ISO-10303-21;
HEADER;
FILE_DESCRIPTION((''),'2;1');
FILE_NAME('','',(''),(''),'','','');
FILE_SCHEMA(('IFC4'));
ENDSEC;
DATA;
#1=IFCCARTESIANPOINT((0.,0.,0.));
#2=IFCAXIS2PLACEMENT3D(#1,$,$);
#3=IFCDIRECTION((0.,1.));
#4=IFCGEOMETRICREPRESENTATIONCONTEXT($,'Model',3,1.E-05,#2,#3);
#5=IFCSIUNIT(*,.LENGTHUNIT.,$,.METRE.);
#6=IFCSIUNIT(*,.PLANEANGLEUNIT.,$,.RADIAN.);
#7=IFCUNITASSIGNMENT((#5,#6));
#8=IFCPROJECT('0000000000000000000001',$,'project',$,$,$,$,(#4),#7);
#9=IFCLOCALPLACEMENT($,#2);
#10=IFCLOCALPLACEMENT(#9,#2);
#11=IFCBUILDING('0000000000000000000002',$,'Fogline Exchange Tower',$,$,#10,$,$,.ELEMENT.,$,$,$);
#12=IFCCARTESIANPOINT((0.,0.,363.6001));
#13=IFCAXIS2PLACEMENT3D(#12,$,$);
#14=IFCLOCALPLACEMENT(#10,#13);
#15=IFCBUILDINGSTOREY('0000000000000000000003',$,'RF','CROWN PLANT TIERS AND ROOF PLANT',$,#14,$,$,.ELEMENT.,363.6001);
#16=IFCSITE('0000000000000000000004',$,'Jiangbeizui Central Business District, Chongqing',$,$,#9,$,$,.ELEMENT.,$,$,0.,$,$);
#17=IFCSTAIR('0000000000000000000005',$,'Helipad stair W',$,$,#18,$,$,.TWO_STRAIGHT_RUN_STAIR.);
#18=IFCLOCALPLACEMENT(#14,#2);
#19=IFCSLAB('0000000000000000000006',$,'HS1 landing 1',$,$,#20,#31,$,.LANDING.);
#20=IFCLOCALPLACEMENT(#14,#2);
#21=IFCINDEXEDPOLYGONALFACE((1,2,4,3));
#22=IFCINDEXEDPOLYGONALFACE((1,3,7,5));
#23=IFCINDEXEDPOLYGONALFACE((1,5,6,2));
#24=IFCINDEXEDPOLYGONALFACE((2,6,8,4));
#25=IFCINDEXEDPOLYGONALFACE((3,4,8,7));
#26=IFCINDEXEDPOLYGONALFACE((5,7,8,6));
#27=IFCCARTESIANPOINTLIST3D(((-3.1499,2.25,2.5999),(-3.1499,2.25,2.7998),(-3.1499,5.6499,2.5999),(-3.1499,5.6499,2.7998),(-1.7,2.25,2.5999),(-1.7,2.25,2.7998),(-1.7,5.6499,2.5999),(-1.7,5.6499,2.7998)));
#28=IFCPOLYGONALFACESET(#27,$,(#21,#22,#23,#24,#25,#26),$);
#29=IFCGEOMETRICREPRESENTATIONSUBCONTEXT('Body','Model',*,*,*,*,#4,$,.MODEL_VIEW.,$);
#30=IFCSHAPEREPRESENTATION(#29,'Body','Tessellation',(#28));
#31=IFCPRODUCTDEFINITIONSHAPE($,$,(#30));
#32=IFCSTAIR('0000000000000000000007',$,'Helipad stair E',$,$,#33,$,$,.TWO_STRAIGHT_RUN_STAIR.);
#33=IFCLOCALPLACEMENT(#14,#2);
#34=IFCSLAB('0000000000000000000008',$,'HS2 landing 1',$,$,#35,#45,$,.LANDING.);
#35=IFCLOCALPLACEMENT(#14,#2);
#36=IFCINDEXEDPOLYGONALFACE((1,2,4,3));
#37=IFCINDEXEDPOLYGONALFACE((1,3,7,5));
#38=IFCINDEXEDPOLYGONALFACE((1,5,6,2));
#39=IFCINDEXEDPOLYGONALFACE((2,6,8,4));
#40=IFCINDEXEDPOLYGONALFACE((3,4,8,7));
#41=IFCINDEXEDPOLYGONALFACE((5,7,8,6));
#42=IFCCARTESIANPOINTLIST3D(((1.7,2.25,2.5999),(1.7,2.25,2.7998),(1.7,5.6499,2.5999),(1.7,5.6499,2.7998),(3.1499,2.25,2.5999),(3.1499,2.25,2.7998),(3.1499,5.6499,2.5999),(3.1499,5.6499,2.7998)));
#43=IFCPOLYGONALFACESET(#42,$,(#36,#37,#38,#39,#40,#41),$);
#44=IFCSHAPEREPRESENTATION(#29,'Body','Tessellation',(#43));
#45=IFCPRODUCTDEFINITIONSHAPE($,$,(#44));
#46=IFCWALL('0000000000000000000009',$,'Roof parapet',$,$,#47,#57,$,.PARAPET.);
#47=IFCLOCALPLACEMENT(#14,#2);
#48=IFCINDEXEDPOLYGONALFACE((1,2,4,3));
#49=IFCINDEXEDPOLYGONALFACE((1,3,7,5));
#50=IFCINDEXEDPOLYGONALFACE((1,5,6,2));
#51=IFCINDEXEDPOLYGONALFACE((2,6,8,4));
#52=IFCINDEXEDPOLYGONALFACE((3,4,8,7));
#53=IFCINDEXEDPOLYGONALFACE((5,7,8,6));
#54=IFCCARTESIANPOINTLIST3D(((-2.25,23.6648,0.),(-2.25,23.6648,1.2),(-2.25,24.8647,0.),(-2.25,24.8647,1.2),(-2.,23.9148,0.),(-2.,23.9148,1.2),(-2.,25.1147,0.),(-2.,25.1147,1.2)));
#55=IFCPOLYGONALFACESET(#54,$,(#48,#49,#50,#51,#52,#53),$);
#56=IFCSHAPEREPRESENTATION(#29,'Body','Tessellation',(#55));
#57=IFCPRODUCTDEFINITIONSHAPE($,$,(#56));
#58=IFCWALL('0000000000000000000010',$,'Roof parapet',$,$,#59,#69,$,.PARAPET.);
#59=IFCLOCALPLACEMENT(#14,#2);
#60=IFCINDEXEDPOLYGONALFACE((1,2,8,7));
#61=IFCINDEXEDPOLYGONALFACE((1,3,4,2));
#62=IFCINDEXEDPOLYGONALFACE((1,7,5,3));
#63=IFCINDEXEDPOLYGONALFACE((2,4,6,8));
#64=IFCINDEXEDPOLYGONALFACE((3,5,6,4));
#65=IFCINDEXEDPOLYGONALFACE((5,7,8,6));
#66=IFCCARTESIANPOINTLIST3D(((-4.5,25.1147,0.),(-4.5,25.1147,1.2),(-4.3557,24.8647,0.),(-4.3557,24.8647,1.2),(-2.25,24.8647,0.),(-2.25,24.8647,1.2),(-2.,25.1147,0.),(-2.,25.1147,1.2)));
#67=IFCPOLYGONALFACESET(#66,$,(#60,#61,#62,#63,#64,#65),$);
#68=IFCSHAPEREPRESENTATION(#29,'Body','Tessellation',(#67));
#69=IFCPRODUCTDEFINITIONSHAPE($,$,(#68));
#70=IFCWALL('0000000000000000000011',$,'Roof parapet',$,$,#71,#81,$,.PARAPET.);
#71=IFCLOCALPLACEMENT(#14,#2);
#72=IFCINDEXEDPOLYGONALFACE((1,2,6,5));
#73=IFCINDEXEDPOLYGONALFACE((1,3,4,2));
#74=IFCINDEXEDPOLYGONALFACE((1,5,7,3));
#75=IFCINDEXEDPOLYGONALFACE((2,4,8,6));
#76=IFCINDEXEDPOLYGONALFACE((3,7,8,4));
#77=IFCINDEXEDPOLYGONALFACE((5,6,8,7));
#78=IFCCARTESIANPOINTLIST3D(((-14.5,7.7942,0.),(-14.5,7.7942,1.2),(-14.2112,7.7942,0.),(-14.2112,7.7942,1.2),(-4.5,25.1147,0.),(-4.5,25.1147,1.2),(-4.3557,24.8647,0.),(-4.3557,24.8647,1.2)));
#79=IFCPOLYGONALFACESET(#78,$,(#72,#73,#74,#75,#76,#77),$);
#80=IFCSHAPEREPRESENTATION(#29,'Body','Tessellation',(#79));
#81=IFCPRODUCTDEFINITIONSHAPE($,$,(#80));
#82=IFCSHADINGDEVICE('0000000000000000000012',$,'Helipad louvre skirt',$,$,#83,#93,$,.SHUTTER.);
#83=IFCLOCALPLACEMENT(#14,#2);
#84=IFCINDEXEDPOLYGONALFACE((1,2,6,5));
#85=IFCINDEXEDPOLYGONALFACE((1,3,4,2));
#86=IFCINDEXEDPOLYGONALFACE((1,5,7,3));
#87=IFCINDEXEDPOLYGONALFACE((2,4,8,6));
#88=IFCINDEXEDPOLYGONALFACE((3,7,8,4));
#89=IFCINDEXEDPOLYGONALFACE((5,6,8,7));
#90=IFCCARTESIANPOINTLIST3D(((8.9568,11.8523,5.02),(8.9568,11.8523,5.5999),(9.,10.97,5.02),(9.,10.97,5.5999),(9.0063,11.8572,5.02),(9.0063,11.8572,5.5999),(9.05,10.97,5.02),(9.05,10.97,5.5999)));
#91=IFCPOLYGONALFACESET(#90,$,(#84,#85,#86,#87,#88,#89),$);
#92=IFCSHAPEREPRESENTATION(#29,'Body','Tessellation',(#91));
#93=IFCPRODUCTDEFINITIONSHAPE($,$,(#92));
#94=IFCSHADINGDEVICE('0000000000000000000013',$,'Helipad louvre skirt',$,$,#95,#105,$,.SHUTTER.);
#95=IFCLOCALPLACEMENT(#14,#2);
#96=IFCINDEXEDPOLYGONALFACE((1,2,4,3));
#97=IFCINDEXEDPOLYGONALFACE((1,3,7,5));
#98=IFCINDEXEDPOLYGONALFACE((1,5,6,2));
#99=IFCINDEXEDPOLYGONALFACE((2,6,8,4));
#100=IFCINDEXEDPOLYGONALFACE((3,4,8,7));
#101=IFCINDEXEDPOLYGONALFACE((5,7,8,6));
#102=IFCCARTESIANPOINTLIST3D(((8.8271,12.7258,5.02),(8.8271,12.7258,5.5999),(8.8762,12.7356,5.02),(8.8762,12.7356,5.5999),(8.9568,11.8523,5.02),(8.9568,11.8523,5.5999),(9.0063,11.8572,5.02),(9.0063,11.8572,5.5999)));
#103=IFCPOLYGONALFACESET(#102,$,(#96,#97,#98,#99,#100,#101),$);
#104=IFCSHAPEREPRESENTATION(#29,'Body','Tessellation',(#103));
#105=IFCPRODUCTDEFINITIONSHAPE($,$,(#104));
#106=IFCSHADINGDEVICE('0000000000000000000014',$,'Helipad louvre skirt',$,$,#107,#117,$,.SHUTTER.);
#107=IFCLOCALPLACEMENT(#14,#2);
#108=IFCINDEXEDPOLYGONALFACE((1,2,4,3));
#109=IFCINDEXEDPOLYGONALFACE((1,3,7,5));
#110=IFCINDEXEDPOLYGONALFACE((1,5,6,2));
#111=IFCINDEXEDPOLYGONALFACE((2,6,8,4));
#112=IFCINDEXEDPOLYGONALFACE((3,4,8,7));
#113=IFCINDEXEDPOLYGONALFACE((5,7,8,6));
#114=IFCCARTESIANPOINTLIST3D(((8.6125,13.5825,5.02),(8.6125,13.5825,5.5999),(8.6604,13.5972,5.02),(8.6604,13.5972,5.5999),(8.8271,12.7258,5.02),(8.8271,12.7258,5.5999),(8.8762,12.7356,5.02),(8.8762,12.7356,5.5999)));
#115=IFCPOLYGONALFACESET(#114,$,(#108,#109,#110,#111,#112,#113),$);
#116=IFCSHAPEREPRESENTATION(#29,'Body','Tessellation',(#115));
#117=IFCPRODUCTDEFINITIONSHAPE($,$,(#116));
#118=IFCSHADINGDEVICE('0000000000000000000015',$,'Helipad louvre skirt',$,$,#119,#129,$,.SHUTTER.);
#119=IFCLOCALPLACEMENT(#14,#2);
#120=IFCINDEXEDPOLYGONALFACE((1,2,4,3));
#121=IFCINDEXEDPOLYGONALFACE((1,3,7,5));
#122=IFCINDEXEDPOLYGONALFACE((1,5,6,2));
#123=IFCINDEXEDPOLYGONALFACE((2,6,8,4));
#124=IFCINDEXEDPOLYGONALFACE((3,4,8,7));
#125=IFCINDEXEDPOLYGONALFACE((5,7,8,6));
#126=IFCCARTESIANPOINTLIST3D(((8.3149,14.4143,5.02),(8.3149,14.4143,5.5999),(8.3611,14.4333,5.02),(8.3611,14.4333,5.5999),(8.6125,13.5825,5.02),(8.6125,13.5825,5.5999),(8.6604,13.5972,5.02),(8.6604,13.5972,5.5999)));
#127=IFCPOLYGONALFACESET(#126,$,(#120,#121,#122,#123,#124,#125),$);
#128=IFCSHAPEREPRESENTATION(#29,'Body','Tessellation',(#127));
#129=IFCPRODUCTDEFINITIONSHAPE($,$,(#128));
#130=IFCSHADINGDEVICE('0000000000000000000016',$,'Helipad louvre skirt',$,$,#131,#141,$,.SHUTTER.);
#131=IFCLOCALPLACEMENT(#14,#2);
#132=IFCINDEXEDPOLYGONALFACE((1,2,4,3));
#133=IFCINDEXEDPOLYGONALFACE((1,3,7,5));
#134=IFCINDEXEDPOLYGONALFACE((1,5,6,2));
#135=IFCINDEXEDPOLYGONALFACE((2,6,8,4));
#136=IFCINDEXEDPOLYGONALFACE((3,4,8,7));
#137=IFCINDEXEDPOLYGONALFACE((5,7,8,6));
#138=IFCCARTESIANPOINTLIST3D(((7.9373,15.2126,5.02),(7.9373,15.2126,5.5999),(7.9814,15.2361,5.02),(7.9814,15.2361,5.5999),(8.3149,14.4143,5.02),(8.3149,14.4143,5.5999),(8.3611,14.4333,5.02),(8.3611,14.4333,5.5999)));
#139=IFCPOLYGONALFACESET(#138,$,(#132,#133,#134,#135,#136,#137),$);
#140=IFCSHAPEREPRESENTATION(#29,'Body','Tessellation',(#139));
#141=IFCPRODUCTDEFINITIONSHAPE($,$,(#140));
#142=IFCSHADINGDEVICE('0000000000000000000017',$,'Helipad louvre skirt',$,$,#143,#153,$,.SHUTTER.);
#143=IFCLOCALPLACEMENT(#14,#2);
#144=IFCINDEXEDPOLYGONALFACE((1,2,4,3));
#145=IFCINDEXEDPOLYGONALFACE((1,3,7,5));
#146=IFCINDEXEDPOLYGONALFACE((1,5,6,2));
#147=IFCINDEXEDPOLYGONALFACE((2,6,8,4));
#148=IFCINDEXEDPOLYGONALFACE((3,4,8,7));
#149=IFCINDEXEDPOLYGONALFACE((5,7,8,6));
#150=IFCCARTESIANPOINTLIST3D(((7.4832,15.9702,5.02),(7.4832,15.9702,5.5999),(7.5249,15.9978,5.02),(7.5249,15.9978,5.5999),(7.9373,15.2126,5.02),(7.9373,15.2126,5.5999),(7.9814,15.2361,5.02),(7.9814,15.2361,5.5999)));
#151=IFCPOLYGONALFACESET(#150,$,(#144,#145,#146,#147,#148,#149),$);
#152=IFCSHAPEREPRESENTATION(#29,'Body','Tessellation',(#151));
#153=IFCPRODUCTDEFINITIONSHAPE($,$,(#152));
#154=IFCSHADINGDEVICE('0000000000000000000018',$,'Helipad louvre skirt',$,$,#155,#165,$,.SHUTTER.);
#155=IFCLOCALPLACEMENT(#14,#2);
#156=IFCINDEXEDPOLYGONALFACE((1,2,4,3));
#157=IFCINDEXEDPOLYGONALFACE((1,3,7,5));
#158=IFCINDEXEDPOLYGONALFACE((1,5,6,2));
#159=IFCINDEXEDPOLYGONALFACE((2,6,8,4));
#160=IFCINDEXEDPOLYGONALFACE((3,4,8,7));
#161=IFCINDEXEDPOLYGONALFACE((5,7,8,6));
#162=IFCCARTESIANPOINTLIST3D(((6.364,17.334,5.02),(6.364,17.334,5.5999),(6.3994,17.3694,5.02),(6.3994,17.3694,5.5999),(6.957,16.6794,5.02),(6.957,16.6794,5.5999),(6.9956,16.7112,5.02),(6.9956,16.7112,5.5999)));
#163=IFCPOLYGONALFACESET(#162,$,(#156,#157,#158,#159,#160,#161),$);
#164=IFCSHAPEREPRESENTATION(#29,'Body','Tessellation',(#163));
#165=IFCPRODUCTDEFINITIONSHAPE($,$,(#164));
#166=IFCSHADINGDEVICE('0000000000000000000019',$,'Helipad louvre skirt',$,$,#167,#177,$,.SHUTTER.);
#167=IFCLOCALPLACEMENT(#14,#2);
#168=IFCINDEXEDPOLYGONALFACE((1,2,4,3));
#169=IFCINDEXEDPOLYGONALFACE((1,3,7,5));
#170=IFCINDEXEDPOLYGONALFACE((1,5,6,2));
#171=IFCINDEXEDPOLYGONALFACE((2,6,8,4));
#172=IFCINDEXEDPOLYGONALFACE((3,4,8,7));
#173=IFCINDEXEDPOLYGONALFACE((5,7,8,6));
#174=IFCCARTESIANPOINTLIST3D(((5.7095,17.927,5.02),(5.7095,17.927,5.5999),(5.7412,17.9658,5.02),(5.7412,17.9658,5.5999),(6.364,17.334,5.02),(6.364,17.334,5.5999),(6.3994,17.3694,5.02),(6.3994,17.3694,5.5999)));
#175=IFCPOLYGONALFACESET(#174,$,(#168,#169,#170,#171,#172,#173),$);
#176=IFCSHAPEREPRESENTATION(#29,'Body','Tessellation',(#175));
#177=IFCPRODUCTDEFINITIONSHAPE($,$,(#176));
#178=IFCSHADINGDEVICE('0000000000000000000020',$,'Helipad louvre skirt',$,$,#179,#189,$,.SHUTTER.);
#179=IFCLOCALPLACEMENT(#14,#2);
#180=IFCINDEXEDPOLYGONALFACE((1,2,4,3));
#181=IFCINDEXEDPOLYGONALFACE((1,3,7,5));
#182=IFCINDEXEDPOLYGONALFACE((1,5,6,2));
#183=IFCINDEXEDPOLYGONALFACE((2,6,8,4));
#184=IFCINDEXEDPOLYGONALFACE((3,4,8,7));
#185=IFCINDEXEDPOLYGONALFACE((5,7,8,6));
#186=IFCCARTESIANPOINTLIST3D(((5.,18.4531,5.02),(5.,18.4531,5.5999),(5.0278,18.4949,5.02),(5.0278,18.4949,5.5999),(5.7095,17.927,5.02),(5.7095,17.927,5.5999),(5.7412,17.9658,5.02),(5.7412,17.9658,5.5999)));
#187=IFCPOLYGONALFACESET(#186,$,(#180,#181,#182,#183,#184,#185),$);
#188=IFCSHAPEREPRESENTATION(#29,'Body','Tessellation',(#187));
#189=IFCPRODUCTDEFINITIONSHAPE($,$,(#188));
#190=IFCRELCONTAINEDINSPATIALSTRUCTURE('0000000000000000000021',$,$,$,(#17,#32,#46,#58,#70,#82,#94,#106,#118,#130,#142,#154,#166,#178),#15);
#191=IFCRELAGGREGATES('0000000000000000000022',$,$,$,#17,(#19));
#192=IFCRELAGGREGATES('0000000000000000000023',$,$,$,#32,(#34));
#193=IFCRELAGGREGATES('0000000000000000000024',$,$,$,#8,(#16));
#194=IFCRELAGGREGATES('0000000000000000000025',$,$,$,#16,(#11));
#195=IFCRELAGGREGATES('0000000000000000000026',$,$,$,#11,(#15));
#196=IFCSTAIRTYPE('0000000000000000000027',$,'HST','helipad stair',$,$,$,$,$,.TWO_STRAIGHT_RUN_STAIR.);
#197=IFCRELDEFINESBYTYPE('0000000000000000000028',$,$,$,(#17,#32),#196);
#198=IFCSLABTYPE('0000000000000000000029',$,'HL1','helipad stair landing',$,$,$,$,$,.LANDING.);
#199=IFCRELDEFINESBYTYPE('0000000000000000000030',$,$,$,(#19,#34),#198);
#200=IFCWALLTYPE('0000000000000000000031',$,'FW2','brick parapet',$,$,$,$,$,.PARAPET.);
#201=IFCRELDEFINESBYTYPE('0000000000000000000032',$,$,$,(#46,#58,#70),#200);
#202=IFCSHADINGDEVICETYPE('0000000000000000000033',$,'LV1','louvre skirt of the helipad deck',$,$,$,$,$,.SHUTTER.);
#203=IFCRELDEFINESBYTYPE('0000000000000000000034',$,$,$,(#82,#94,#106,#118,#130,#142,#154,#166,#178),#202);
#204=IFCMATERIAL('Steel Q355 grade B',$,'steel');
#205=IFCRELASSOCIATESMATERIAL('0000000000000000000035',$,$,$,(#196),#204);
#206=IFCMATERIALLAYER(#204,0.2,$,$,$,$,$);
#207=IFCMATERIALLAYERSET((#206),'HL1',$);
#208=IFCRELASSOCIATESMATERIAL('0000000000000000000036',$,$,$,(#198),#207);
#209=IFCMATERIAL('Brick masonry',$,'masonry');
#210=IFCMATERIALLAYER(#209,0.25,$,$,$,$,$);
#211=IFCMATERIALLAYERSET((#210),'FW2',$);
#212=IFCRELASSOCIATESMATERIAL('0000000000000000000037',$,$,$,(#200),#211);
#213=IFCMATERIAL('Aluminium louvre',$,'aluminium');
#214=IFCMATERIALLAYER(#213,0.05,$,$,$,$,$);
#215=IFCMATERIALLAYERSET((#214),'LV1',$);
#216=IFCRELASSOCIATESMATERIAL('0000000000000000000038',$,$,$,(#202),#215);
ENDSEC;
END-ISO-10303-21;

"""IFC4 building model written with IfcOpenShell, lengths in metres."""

from ifc_helpers import new_model, si_unit, direction, frame, origin, place, context, subcontext, project, spatial, polyline, outline, extrude, material, layer, layer_set, type_object, element, aggregate, save


model = new_model("IFC4")

# Units and contexts
model_context = context("Model", 3, precision=1e-05, world=origin(), true_north=direction((0.0, 1.0)))
body_context = subcontext(model_context, "Body", "Model", "MODEL_VIEW")
ifc_project = project(units=[si_unit("LENGTHUNIT", "METRE"), si_unit("PLANEANGLEUNIT", "RADIAN")], contexts=[model_context])

# Site, building, storey
site_placement = place(None, origin())
site = spatial("IfcSite", under=ifc_project, at=site_placement, Name="Jiangbeizui Central Business District, Chongqing", CompositionType="ELEMENT", RefElevation=0.0)
building_placement = place(site_placement, origin())
building = spatial("IfcBuilding", under=site, at=building_placement, Name="Fogline Exchange Tower", CompositionType="ELEMENT")
storey_placement = place(building_placement, frame((0.0, 0.0, 363.6001)))
storey = spatial("IfcBuildingStorey", under=building, at=storey_placement, Name="RF", Description="CROWN PLANT TIERS AND ROOF PLANT", CompositionType="ELEMENT", Elevation=363.6001)

# Stairs, slabs
ifc_material_1 = material(Name="Steel Q355 grade B", Category="steel")
stair_type = type_object("IfcStairType", Name="HST", Description="helipad stair", PredefinedType="TWO_STRAIGHT_RUN_STAIR", material=ifc_material_1)
stair_1_placement = place(storey_placement, origin())
stair_1 = element("IfcStair", 1, at=stair_1_placement, inside=storey, type_object=stair_type, Name="Helipad stair W", PredefinedType="TWO_STRAIGHT_RUN_STAIR")
ifc_layer_1 = layer(ifc_material_1, 0.2)
ifc_layer_set_1 = layer_set([ifc_layer_1], Name="HL1")
slab_type = type_object("IfcSlabType", Name="HL1", Description="helipad stair landing", PredefinedType="LANDING", material=ifc_layer_set_1)
slab_1_placement = place(storey_placement, frame((0.0, 0.0, 2.5999)))
slab_1 = element("IfcSlab", 2, at=slab_1_placement, type_object=slab_type, Name="HS1 landing 1", PredefinedType="LANDING", context=body_context, shape_type="SweptSolid", body=[
    extrude(outline(polyline([(-3.1499, 2.25), (-1.7, 2.25), (-1.7, 5.6499), (-3.1499, 5.6499), (-3.1499, 2.25)])), origin(), (0.0, 0.0, 1.0), 0.2),
])
aggregate(stair_1, [slab_1])
stair_2_placement = place(storey_placement, origin())
stair_2 = element("IfcStair", 3, at=stair_2_placement, inside=storey, type_object=stair_type, Name="Helipad stair E", PredefinedType="TWO_STRAIGHT_RUN_STAIR")
slab_2_placement = place(storey_placement, frame((0.0, 0.0, 2.5999)))
slab_2 = element("IfcSlab", 4, at=slab_2_placement, type_object=slab_type, Name="HS2 landing 1", PredefinedType="LANDING", context=body_context, shape_type="SweptSolid", body=[
    extrude(outline(polyline([(3.1499, 2.25), (1.7, 2.25), (1.7, 5.6499), (3.1499, 5.6499), (3.1499, 2.25)])), origin(), (0.0, 0.0, 1.0), 0.2),
])
aggregate(stair_2, [slab_2])

# Walls
ifc_material_2 = material(Name="Brick masonry", Category="masonry")
ifc_layer_2 = layer(ifc_material_2, 0.25)
ifc_layer_set_2 = layer_set([ifc_layer_2], Name="FW2")
wall_type = type_object("IfcWallType", Name="FW2", Description="brick parapet", PredefinedType="PARAPET", material=ifc_layer_set_2)
wall_1_placement = place(storey_placement, origin())
element("IfcWall", 5, at=wall_1_placement, inside=storey, type_object=wall_type, Name="Roof parapet", PredefinedType="PARAPET", context=body_context, shape_type="SweptSolid", body=[
    extrude(outline(polyline([(-2.25, 23.6648), (-2.0, 23.9148), (-2.0, 25.1147), (-2.25, 24.8647), (-2.25, 23.6648)])), origin(), (0.0, 0.0, 1.0), 1.2),
])
wall_2_placement = place(storey_placement, origin())
element("IfcWall", 6, at=wall_2_placement, inside=storey, type_object=wall_type, Name="Roof parapet", PredefinedType="PARAPET", context=body_context, shape_type="SweptSolid", body=[
    extrude(outline(polyline([(-2.25, 24.8647), (-2.0, 25.1147), (-4.5, 25.1147), (-4.3557, 24.8647), (-2.25, 24.8647)])), origin(), (0.0, 0.0, 1.0), 1.2),
])
wall_3_placement = place(storey_placement, origin())
element("IfcWall", 7, at=wall_3_placement, inside=storey, type_object=wall_type, Name="Roof parapet", PredefinedType="PARAPET", context=body_context, shape_type="SweptSolid", body=[
    extrude(outline(polyline([(-4.3557, 24.8647), (-4.5, 25.1147), (-14.5, 7.7942), (-14.2112, 7.7942), (-4.3557, 24.8647)])), origin(), (0.0, 0.0, 1.0), 1.2),
])

# Shading devices
ifc_material_3 = material(Name="Aluminium louvre", Category="aluminium")
ifc_layer_3 = layer(ifc_material_3, 0.05)
ifc_layer_set_3 = layer_set([ifc_layer_3], Name="LV1")
shading_device_type_1 = type_object("IfcShadingDeviceType", Name="LV1", Description="louvre skirt of the helipad deck", PredefinedType="SHUTTER", material=ifc_layer_set_3)
shading_device_1_placement = place(storey_placement, frame((0.0, 0.0, 5.02)))
element("IfcShadingDevice", 8, at=shading_device_1_placement, inside=storey, type_object=shading_device_type_1, Name="Helipad louvre skirt", PredefinedType="SHUTTER", context=body_context, shape_type="SweptSolid", body=[
    extrude(outline(polyline([(9.0, 10.97), (9.05, 10.97), (9.0063, 11.8572), (8.9568, 11.8523), (9.0, 10.97)])), origin(), (0.0, 0.0, 1.0), 0.5798),
])
shading_device_2_placement = place(storey_placement, frame((0.0, 0.0, 5.02)))
element("IfcShadingDevice", 9, at=shading_device_2_placement, inside=storey, type_object=shading_device_type_1, Name="Helipad louvre skirt", PredefinedType="SHUTTER", context=body_context, shape_type="SweptSolid", body=[
    extrude(outline(polyline([(8.9568, 11.8523), (9.0063, 11.8572), (8.8762, 12.7356), (8.8271, 12.7258), (8.9568, 11.8523)])), origin(), (0.0, 0.0, 1.0), 0.5798),
])
shading_device_3_placement = place(storey_placement, frame((0.0, 0.0, 5.02)))
element("IfcShadingDevice", 10, at=shading_device_3_placement, inside=storey, type_object=shading_device_type_1, Name="Helipad louvre skirt", PredefinedType="SHUTTER", context=body_context, shape_type="SweptSolid", body=[
    extrude(outline(polyline([(8.8271, 12.7258), (8.8762, 12.7356), (8.6604, 13.5972), (8.6125, 13.5825), (8.8271, 12.7258)])), origin(), (0.0, 0.0, 1.0), 0.5798),
])
shading_device_4_placement = place(storey_placement, frame((0.0, 0.0, 5.02)))
element("IfcShadingDevice", 11, at=shading_device_4_placement, inside=storey, type_object=shading_device_type_1, Name="Helipad louvre skirt", PredefinedType="SHUTTER", context=body_context, shape_type="SweptSolid", body=[
    extrude(outline(polyline([(8.6125, 13.5825), (8.6604, 13.5972), (8.3611, 14.4333), (8.3149, 14.4143), (8.6125, 13.5825)])), origin(), (0.0, 0.0, 1.0), 0.5798),
])
shading_device_5_placement = place(storey_placement, frame((0.0, 0.0, 5.02)))
element("IfcShadingDevice", 12, at=shading_device_5_placement, inside=storey, type_object=shading_device_type_1, Name="Helipad louvre skirt", PredefinedType="SHUTTER", context=body_context, shape_type="SweptSolid", body=[
    extrude(outline(polyline([(8.3149, 14.4143), (8.3611, 14.4333), (7.9814, 15.2361), (7.9373, 15.2126), (8.3149, 14.4143)])), origin(), (0.0, 0.0, 1.0), 0.5798),
])
shading_device_6_placement = place(storey_placement, frame((0.0, 0.0, 5.02)))
element("IfcShadingDevice", 13, at=shading_device_6_placement, inside=storey, type_object=shading_device_type_1, Name="Helipad louvre skirt", PredefinedType="SHUTTER", context=body_context, shape_type="SweptSolid", body=[
    extrude(outline(polyline([(7.9373, 15.2126), (7.9814, 15.2361), (7.5249, 15.9978), (7.4832, 15.9702), (7.9373, 15.2126)])), origin(), (0.0, 0.0, 1.0), 0.5798),
])
shading_device_7_placement = place(storey_placement, frame((0.0, 0.0, 5.02)))
element("IfcShadingDevice", 14, at=shading_device_7_placement, inside=storey, type_object=shading_device_type_1, Name="Helipad louvre skirt", PredefinedType="SHUTTER", context=body_context, shape_type="SweptSolid", body=[
    extrude(outline(polyline([(6.957, 16.6794), (6.9956, 16.7112), (6.3994, 17.3694), (6.364, 17.334), (6.957, 16.6794)])), origin(), (0.0, 0.0, 1.0), 0.5798),
])
shading_device_8_placement = place(storey_placement, frame((0.0, 0.0, 5.02)))
element("IfcShadingDevice", 15, at=shading_device_8_placement, inside=storey, type_object=shading_device_type_1, Name="Helipad louvre skirt", PredefinedType="SHUTTER", context=body_context, shape_type="SweptSolid", body=[
    extrude(outline(polyline([(6.364, 17.334), (6.3994, 17.3694), (5.7412, 17.9658), (5.7095, 17.927), (6.364, 17.334)])), origin(), (0.0, 0.0, 1.0), 0.5798),
])
shading_device_9_placement = place(storey_placement, frame((0.0, 0.0, 5.02)))
element("IfcShadingDevice", 16, at=shading_device_9_placement, inside=storey, type_object=shading_device_type_1, Name="Helipad louvre skirt", PredefinedType="SHUTTER", context=body_context, shape_type="SweptSolid", body=[
    extrude(outline(polyline([(5.7095, 17.927), (5.7412, 17.9658), (5.0278, 18.4949), (5.0, 18.4531), (5.7095, 17.927)])), origin(), (0.0, 0.0, 1.0), 0.5798),
])

save(model, "model.ifc")
